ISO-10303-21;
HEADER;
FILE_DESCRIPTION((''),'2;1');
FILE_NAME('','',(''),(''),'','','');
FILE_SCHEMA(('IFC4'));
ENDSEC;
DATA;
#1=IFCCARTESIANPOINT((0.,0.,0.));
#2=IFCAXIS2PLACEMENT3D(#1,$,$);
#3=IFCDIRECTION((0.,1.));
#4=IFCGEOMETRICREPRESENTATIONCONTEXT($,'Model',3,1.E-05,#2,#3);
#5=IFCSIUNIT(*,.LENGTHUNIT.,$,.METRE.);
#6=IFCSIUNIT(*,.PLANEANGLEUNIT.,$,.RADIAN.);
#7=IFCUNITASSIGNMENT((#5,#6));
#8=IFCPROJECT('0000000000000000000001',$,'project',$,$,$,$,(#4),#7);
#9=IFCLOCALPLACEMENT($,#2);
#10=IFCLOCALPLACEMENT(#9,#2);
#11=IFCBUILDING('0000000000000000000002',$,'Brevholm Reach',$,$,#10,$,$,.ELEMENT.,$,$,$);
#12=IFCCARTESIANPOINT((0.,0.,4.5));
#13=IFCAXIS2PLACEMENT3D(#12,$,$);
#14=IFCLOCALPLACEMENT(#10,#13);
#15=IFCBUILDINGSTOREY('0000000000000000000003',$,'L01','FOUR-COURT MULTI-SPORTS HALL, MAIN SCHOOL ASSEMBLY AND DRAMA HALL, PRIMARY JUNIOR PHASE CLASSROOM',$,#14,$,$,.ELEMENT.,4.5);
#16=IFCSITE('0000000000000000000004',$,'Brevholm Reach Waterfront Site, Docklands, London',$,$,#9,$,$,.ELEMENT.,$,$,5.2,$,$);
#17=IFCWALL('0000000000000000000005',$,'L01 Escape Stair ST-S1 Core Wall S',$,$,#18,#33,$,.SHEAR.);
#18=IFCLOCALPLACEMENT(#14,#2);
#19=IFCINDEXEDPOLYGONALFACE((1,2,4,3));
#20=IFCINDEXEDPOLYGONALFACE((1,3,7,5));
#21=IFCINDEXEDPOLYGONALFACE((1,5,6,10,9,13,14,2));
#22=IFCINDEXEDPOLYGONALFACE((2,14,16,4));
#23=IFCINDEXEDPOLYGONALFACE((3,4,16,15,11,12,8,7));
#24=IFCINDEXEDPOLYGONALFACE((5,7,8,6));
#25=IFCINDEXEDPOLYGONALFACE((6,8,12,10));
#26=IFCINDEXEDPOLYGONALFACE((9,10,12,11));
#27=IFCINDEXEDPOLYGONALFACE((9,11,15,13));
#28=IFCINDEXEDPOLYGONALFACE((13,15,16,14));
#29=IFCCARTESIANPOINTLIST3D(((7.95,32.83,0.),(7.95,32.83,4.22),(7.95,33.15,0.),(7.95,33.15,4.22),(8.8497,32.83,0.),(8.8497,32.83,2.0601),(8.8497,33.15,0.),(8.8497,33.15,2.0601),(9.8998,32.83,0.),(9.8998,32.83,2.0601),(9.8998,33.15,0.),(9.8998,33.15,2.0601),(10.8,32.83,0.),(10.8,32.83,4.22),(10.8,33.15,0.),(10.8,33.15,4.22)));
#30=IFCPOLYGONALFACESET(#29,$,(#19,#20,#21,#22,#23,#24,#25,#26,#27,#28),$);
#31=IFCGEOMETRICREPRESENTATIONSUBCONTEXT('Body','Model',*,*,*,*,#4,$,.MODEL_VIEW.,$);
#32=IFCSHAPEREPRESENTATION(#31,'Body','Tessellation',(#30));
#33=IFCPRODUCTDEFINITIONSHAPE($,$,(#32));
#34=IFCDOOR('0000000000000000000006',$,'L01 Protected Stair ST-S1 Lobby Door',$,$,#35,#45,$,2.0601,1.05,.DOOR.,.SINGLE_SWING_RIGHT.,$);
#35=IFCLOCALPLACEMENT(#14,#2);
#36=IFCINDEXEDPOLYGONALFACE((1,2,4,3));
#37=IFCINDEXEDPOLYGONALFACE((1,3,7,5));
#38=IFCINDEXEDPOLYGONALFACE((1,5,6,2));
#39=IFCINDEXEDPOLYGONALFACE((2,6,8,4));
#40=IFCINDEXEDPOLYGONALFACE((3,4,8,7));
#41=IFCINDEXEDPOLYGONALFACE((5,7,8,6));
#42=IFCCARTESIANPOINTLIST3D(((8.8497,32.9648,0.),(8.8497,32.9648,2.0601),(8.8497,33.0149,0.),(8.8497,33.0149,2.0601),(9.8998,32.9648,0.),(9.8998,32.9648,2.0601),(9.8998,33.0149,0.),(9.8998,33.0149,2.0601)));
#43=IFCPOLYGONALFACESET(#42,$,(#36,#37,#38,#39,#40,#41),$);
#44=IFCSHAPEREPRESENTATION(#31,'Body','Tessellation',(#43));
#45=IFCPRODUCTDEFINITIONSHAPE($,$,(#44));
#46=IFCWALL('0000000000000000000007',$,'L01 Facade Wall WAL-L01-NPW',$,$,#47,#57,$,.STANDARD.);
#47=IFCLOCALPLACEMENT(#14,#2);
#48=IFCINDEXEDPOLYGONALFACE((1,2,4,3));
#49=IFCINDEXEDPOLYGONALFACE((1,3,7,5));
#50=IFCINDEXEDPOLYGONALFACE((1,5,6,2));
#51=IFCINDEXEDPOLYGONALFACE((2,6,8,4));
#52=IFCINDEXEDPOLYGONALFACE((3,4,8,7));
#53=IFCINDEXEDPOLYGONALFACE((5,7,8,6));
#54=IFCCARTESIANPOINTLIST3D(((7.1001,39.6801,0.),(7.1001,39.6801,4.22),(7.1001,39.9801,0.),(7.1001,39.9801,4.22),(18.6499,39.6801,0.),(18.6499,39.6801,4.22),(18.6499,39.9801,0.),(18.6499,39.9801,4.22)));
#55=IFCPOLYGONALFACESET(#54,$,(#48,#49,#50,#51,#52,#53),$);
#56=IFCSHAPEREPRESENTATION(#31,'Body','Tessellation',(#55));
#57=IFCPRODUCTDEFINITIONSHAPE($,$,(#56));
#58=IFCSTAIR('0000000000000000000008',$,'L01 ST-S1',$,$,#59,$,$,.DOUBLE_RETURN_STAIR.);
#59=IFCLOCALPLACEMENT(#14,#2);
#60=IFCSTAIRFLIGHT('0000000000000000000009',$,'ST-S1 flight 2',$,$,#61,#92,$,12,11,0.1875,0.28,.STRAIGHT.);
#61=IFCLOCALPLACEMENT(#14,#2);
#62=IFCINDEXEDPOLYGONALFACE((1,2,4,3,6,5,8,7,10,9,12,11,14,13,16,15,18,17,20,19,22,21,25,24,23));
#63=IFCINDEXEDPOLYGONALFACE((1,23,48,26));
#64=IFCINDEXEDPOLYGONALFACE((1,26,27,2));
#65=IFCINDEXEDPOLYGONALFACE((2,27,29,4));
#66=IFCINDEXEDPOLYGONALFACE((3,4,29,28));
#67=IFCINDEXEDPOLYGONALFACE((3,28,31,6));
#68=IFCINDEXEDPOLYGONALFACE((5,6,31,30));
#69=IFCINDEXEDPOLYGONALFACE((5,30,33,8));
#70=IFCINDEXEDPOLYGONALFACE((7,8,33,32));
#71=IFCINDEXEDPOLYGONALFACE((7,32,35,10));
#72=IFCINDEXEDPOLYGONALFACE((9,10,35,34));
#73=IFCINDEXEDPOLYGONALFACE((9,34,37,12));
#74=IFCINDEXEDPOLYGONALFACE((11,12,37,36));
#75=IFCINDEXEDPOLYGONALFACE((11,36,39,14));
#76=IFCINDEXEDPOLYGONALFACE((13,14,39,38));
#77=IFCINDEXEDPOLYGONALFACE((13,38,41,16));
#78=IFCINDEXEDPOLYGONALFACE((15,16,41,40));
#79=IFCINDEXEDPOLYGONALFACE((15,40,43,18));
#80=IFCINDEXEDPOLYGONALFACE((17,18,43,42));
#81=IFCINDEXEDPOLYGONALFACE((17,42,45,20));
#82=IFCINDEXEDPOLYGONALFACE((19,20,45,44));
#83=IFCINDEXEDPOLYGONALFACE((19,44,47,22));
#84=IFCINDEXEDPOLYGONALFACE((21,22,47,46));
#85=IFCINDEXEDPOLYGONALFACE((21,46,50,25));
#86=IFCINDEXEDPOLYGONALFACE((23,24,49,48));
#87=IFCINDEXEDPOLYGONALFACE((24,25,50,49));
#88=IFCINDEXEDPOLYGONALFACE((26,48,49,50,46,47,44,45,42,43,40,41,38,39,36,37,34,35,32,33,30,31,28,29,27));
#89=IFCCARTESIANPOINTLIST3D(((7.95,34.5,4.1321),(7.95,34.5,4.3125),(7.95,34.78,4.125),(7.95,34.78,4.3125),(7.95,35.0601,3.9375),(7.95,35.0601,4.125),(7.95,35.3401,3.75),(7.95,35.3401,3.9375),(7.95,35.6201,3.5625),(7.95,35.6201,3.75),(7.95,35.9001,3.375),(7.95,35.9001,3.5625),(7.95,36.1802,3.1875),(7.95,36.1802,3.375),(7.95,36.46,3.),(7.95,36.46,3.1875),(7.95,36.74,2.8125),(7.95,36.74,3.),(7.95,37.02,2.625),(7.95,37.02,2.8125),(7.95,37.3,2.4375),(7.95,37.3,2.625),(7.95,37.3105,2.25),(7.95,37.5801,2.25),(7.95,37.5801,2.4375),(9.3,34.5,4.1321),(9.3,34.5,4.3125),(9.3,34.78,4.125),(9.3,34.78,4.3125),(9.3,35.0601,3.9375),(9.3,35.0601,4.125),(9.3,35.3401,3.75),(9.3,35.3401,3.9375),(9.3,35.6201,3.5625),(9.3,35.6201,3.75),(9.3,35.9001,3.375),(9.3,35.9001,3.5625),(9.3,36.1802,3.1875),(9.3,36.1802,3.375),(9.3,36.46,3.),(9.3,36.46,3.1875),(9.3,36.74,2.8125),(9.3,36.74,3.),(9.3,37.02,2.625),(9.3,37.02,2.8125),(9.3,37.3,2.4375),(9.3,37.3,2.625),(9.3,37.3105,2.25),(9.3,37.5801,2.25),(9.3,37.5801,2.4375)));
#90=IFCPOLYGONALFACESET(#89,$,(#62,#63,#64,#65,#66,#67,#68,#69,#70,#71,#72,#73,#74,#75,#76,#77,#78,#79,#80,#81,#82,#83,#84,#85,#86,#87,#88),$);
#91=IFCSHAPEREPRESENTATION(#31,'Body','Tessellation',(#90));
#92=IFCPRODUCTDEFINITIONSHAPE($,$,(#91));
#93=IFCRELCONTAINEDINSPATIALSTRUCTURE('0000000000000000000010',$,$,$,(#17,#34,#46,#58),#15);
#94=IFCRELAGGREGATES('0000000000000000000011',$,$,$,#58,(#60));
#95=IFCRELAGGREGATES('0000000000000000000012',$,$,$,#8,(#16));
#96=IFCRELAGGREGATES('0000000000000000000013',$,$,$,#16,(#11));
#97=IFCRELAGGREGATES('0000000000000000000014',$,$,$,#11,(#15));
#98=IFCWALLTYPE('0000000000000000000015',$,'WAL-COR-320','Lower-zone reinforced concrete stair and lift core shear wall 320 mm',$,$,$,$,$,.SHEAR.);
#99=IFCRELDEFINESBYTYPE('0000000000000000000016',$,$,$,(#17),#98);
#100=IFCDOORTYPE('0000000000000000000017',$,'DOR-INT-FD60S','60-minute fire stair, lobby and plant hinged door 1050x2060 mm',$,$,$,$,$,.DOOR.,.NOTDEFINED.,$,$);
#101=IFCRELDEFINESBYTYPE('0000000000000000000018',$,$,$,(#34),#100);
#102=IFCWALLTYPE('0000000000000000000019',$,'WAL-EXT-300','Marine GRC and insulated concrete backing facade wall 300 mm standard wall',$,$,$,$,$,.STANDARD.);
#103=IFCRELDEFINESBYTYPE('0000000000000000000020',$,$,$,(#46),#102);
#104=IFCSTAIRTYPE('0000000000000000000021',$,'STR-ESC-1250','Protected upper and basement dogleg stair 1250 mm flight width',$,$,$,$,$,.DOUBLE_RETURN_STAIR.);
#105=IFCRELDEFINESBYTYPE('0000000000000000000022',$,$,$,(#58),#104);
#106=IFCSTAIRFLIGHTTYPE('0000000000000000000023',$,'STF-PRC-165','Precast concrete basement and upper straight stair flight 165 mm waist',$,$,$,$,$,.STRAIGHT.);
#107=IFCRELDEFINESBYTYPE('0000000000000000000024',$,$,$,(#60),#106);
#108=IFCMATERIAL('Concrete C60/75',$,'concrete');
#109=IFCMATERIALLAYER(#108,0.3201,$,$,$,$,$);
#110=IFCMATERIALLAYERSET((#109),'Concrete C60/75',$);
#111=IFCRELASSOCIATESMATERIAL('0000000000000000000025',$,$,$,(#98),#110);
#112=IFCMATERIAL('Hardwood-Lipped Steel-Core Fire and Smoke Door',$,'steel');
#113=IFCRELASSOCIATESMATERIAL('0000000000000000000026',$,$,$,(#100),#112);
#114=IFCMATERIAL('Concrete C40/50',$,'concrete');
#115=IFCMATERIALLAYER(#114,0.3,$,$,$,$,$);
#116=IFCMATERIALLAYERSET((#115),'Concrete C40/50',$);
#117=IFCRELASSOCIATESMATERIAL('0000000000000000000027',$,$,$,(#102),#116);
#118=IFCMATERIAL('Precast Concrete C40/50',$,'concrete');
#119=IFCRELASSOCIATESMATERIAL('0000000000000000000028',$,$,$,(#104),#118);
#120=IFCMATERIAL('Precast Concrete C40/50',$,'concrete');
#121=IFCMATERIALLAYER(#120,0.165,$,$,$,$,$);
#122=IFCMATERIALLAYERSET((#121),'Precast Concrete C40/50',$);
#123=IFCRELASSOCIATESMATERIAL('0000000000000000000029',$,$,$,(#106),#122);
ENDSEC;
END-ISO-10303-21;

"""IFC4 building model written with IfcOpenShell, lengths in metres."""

from ifc_helpers import new_model, si_unit, direction, frame, frame_2d, origin, place, context, subcontext, project, spatial, polyline, rectangle, outline, extrude, material, layer, layer_set, type_object, element, fill, aggregate, save


model = new_model("IFC4")

# Units and contexts
model_context = context("Model", 3, precision=1e-05, world=origin(), true_north=direction((0.0, 1.0)))
body_context = subcontext(model_context, "Body", "Model", "MODEL_VIEW")
ifc_project = project(units=[si_unit("LENGTHUNIT", "METRE"), si_unit("PLANEANGLEUNIT", "RADIAN")], contexts=[model_context])

# Site, building, storey
site_placement = place(None, origin())
site = spatial("IfcSite", under=ifc_project, at=site_placement, Name="Brevholm Reach Waterfront Site, Docklands, London", CompositionType="ELEMENT", RefElevation=5.2)
building_placement = place(site_placement, origin())
building = spatial("IfcBuilding", under=site, at=building_placement, Name="Brevholm Reach", CompositionType="ELEMENT")
storey_placement = place(building_placement, frame((0.0, 0.0, 4.5)))
storey = spatial("IfcBuildingStorey", under=building, at=storey_placement, Name="L01", Description="FOUR-COURT MULTI-SPORTS HALL, MAIN SCHOOL ASSEMBLY AND DRAMA HALL, PRIMARY JUNIOR PHASE CLASSROOM", CompositionType="ELEMENT", Elevation=4.5)

# Shared definitions
ifc_material_1 = material(Name="Concrete C60/75", Category="concrete")
ifc_layer_1 = layer(ifc_material_1, 0.3201)
ifc_layer_set_1 = layer_set([ifc_layer_1], Name="Concrete C60/75")
wall_type_1 = type_object("IfcWallType", Name="WAL-COR-320", Description="Lower-zone reinforced concrete stair and lift core shear wall 320 mm", PredefinedType="SHEAR", material=ifc_layer_set_1)

# Wall, opening, door
wall_1_placement = place(storey_placement, frame((7.95, 32.99, 0.0), z_axis=(0.0, 0.0, 1.0), x_axis=(1.0, 0.0, 0.0)))
wall_1 = element("IfcWall", 1, at=wall_1_placement, inside=storey, type_object=wall_type_1, Name="L01 Escape Stair ST-S1 Core Wall S", PredefinedType="SHEAR", context=body_context, shape_type="SweptSolid", body=[
    extrude(rectangle(XDim=2.8501, YDim=0.3201, at=frame_2d((1.425, 0.0))), origin(), (0.0, 0.0, 1.0), 4.22),
])
opening_placement = place(wall_1_placement, frame((0.8999, 0.0, 0.0)))
opening = element("IfcOpeningElement", 2, at=opening_placement, cuts=wall_1, PredefinedType="OPENING", context=body_context, shape_type="SweptSolid", body=[
    extrude(rectangle(XDim=1.05, YDim=2.0601, at=frame_2d((0.5249, 1.03))), frame((0.0, 0.1699, 0.0), z_axis=(0.0, -1.0, 0.0), x_axis=(1.0, 0.0, 0.0)), (0.0, 0.0, 1.0), 0.3401),
])
ifc_material_2 = material(Name="Hardwood-Lipped Steel-Core Fire and Smoke Door", Category="steel")
door_type = type_object("IfcDoorType", Name="DOR-INT-FD60S", Description="60-minute fire stair, lobby and plant hinged door 1050x2060 mm", OperationType="NOTDEFINED", PredefinedType="DOOR", material=ifc_material_2)
door_placement = place(opening_placement, origin())
door = element("IfcDoor", 3, at=door_placement, inside=storey, type_object=door_type, Name="L01 Protected Stair ST-S1 Lobby Door", OperationType="SINGLE_SWING_RIGHT", OverallHeight=2.0601, OverallWidth=1.05, PredefinedType="DOOR", context=body_context, shape_type="SweptSolid", body=[
    extrude(rectangle(XDim=1.05, YDim=2.0601, at=frame_2d((0.5249, 1.03))), frame((0.0, 0.0249, 0.0), z_axis=(0.0, -1.0, 0.0), x_axis=(1.0, 0.0, 0.0)), (0.0, 0.0, 1.0), 0.05),
])
fill(opening, door)

# Wall
ifc_material_3 = material(Name="Concrete C40/50", Category="concrete")
ifc_layer_2 = layer(ifc_material_3, 0.3)
ifc_layer_set_2 = layer_set([ifc_layer_2], Name="Concrete C40/50")
wall_type_2 = type_object("IfcWallType", Name="WAL-EXT-300", Description="Marine GRC and insulated concrete backing facade wall 300 mm standard wall", PredefinedType="STANDARD", material=ifc_layer_set_2)
wall_2_placement = place(storey_placement, frame((7.1001, 39.8301, 0.0), z_axis=(0.0, 0.0, 1.0), x_axis=(1.0, 0.0, 0.0)))
element("IfcWall", 4, at=wall_2_placement, inside=storey, type_object=wall_type_2, Name="L01 Facade Wall WAL-L01-NPW", PredefinedType="STANDARD", context=body_context, shape_type="SweptSolid", body=[
    extrude(rectangle(XDim=11.5498, YDim=0.3, at=frame_2d((5.7749, 0.0))), origin(), (0.0, 0.0, 1.0), 4.22),
])

# Stair, stair flight
ifc_material_4 = material(Name="Precast Concrete C40/50", Category="concrete")
stair_type = type_object("IfcStairType", Name="STR-ESC-1250", Description="Protected upper and basement dogleg stair 1250 mm flight width", PredefinedType="DOUBLE_RETURN_STAIR", material=ifc_material_4)
stair_placement = place(storey_placement, origin())
stair = element("IfcStair", 5, at=stair_placement, inside=storey, type_object=stair_type, Name="L01 ST-S1", PredefinedType="DOUBLE_RETURN_STAIR")
ifc_material_5 = material(Name="Precast Concrete C40/50", Category="concrete")
ifc_layer_3 = layer(ifc_material_5, 0.165)
ifc_layer_set_3 = layer_set([ifc_layer_3], Name="Precast Concrete C40/50")
stair_flight_type = type_object("IfcStairFlightType", Name="STF-PRC-165", Description="Precast concrete basement and upper straight stair flight 165 mm waist", PredefinedType="STRAIGHT", material=ifc_layer_set_3)
stair_flight_placement = place(storey_placement, frame((8.625, 37.5801, 2.25), z_axis=(0.0, 0.0, 1.0), x_axis=(0.0, -1.0, 0.0)))
stair_flight = element("IfcStairFlight", 6, at=stair_flight_placement, type_object=stair_flight_type, Name="ST-S1 flight 2", NumberOfRisers=12, NumberOfTreads=11, PredefinedType="STRAIGHT", RiserHeight=0.1875, TreadLength=0.28, context=body_context, shape_type="SweptSolid", body=[
    extrude(outline(polyline([(0.0, 0.0), (0.0, 0.1875), (0.28, 0.1875), (0.28, 0.375), (0.5601, 0.375), (0.5601, 0.5625), (0.8401, 0.5625), (0.8401, 0.75), (1.1201, 0.75), (1.1201, 0.9375), (1.3999, 0.9375), (1.3999, 1.125), (1.6799, 1.125), (1.6799, 1.3125), (1.96, 1.3125), (1.96, 1.5), (2.24, 1.5), (2.24, 1.6875), (2.52, 1.6875), (2.52, 1.875), (2.8, 1.875), (2.8, 2.0625), (3.0801, 2.0625), (3.0801, 2.25), (3.0801, 1.8821), (0.2695, 0.0), (0.0, 0.0)])), frame((0.0, 0.675, 0.0), z_axis=(0.0, -1.0, 0.0), x_axis=(1.0, 0.0, 0.0)), (0.0, 0.0, 1.0), 1.3501),
])
aggregate(stair, [stair_flight])

save(model, "model.ifc")
